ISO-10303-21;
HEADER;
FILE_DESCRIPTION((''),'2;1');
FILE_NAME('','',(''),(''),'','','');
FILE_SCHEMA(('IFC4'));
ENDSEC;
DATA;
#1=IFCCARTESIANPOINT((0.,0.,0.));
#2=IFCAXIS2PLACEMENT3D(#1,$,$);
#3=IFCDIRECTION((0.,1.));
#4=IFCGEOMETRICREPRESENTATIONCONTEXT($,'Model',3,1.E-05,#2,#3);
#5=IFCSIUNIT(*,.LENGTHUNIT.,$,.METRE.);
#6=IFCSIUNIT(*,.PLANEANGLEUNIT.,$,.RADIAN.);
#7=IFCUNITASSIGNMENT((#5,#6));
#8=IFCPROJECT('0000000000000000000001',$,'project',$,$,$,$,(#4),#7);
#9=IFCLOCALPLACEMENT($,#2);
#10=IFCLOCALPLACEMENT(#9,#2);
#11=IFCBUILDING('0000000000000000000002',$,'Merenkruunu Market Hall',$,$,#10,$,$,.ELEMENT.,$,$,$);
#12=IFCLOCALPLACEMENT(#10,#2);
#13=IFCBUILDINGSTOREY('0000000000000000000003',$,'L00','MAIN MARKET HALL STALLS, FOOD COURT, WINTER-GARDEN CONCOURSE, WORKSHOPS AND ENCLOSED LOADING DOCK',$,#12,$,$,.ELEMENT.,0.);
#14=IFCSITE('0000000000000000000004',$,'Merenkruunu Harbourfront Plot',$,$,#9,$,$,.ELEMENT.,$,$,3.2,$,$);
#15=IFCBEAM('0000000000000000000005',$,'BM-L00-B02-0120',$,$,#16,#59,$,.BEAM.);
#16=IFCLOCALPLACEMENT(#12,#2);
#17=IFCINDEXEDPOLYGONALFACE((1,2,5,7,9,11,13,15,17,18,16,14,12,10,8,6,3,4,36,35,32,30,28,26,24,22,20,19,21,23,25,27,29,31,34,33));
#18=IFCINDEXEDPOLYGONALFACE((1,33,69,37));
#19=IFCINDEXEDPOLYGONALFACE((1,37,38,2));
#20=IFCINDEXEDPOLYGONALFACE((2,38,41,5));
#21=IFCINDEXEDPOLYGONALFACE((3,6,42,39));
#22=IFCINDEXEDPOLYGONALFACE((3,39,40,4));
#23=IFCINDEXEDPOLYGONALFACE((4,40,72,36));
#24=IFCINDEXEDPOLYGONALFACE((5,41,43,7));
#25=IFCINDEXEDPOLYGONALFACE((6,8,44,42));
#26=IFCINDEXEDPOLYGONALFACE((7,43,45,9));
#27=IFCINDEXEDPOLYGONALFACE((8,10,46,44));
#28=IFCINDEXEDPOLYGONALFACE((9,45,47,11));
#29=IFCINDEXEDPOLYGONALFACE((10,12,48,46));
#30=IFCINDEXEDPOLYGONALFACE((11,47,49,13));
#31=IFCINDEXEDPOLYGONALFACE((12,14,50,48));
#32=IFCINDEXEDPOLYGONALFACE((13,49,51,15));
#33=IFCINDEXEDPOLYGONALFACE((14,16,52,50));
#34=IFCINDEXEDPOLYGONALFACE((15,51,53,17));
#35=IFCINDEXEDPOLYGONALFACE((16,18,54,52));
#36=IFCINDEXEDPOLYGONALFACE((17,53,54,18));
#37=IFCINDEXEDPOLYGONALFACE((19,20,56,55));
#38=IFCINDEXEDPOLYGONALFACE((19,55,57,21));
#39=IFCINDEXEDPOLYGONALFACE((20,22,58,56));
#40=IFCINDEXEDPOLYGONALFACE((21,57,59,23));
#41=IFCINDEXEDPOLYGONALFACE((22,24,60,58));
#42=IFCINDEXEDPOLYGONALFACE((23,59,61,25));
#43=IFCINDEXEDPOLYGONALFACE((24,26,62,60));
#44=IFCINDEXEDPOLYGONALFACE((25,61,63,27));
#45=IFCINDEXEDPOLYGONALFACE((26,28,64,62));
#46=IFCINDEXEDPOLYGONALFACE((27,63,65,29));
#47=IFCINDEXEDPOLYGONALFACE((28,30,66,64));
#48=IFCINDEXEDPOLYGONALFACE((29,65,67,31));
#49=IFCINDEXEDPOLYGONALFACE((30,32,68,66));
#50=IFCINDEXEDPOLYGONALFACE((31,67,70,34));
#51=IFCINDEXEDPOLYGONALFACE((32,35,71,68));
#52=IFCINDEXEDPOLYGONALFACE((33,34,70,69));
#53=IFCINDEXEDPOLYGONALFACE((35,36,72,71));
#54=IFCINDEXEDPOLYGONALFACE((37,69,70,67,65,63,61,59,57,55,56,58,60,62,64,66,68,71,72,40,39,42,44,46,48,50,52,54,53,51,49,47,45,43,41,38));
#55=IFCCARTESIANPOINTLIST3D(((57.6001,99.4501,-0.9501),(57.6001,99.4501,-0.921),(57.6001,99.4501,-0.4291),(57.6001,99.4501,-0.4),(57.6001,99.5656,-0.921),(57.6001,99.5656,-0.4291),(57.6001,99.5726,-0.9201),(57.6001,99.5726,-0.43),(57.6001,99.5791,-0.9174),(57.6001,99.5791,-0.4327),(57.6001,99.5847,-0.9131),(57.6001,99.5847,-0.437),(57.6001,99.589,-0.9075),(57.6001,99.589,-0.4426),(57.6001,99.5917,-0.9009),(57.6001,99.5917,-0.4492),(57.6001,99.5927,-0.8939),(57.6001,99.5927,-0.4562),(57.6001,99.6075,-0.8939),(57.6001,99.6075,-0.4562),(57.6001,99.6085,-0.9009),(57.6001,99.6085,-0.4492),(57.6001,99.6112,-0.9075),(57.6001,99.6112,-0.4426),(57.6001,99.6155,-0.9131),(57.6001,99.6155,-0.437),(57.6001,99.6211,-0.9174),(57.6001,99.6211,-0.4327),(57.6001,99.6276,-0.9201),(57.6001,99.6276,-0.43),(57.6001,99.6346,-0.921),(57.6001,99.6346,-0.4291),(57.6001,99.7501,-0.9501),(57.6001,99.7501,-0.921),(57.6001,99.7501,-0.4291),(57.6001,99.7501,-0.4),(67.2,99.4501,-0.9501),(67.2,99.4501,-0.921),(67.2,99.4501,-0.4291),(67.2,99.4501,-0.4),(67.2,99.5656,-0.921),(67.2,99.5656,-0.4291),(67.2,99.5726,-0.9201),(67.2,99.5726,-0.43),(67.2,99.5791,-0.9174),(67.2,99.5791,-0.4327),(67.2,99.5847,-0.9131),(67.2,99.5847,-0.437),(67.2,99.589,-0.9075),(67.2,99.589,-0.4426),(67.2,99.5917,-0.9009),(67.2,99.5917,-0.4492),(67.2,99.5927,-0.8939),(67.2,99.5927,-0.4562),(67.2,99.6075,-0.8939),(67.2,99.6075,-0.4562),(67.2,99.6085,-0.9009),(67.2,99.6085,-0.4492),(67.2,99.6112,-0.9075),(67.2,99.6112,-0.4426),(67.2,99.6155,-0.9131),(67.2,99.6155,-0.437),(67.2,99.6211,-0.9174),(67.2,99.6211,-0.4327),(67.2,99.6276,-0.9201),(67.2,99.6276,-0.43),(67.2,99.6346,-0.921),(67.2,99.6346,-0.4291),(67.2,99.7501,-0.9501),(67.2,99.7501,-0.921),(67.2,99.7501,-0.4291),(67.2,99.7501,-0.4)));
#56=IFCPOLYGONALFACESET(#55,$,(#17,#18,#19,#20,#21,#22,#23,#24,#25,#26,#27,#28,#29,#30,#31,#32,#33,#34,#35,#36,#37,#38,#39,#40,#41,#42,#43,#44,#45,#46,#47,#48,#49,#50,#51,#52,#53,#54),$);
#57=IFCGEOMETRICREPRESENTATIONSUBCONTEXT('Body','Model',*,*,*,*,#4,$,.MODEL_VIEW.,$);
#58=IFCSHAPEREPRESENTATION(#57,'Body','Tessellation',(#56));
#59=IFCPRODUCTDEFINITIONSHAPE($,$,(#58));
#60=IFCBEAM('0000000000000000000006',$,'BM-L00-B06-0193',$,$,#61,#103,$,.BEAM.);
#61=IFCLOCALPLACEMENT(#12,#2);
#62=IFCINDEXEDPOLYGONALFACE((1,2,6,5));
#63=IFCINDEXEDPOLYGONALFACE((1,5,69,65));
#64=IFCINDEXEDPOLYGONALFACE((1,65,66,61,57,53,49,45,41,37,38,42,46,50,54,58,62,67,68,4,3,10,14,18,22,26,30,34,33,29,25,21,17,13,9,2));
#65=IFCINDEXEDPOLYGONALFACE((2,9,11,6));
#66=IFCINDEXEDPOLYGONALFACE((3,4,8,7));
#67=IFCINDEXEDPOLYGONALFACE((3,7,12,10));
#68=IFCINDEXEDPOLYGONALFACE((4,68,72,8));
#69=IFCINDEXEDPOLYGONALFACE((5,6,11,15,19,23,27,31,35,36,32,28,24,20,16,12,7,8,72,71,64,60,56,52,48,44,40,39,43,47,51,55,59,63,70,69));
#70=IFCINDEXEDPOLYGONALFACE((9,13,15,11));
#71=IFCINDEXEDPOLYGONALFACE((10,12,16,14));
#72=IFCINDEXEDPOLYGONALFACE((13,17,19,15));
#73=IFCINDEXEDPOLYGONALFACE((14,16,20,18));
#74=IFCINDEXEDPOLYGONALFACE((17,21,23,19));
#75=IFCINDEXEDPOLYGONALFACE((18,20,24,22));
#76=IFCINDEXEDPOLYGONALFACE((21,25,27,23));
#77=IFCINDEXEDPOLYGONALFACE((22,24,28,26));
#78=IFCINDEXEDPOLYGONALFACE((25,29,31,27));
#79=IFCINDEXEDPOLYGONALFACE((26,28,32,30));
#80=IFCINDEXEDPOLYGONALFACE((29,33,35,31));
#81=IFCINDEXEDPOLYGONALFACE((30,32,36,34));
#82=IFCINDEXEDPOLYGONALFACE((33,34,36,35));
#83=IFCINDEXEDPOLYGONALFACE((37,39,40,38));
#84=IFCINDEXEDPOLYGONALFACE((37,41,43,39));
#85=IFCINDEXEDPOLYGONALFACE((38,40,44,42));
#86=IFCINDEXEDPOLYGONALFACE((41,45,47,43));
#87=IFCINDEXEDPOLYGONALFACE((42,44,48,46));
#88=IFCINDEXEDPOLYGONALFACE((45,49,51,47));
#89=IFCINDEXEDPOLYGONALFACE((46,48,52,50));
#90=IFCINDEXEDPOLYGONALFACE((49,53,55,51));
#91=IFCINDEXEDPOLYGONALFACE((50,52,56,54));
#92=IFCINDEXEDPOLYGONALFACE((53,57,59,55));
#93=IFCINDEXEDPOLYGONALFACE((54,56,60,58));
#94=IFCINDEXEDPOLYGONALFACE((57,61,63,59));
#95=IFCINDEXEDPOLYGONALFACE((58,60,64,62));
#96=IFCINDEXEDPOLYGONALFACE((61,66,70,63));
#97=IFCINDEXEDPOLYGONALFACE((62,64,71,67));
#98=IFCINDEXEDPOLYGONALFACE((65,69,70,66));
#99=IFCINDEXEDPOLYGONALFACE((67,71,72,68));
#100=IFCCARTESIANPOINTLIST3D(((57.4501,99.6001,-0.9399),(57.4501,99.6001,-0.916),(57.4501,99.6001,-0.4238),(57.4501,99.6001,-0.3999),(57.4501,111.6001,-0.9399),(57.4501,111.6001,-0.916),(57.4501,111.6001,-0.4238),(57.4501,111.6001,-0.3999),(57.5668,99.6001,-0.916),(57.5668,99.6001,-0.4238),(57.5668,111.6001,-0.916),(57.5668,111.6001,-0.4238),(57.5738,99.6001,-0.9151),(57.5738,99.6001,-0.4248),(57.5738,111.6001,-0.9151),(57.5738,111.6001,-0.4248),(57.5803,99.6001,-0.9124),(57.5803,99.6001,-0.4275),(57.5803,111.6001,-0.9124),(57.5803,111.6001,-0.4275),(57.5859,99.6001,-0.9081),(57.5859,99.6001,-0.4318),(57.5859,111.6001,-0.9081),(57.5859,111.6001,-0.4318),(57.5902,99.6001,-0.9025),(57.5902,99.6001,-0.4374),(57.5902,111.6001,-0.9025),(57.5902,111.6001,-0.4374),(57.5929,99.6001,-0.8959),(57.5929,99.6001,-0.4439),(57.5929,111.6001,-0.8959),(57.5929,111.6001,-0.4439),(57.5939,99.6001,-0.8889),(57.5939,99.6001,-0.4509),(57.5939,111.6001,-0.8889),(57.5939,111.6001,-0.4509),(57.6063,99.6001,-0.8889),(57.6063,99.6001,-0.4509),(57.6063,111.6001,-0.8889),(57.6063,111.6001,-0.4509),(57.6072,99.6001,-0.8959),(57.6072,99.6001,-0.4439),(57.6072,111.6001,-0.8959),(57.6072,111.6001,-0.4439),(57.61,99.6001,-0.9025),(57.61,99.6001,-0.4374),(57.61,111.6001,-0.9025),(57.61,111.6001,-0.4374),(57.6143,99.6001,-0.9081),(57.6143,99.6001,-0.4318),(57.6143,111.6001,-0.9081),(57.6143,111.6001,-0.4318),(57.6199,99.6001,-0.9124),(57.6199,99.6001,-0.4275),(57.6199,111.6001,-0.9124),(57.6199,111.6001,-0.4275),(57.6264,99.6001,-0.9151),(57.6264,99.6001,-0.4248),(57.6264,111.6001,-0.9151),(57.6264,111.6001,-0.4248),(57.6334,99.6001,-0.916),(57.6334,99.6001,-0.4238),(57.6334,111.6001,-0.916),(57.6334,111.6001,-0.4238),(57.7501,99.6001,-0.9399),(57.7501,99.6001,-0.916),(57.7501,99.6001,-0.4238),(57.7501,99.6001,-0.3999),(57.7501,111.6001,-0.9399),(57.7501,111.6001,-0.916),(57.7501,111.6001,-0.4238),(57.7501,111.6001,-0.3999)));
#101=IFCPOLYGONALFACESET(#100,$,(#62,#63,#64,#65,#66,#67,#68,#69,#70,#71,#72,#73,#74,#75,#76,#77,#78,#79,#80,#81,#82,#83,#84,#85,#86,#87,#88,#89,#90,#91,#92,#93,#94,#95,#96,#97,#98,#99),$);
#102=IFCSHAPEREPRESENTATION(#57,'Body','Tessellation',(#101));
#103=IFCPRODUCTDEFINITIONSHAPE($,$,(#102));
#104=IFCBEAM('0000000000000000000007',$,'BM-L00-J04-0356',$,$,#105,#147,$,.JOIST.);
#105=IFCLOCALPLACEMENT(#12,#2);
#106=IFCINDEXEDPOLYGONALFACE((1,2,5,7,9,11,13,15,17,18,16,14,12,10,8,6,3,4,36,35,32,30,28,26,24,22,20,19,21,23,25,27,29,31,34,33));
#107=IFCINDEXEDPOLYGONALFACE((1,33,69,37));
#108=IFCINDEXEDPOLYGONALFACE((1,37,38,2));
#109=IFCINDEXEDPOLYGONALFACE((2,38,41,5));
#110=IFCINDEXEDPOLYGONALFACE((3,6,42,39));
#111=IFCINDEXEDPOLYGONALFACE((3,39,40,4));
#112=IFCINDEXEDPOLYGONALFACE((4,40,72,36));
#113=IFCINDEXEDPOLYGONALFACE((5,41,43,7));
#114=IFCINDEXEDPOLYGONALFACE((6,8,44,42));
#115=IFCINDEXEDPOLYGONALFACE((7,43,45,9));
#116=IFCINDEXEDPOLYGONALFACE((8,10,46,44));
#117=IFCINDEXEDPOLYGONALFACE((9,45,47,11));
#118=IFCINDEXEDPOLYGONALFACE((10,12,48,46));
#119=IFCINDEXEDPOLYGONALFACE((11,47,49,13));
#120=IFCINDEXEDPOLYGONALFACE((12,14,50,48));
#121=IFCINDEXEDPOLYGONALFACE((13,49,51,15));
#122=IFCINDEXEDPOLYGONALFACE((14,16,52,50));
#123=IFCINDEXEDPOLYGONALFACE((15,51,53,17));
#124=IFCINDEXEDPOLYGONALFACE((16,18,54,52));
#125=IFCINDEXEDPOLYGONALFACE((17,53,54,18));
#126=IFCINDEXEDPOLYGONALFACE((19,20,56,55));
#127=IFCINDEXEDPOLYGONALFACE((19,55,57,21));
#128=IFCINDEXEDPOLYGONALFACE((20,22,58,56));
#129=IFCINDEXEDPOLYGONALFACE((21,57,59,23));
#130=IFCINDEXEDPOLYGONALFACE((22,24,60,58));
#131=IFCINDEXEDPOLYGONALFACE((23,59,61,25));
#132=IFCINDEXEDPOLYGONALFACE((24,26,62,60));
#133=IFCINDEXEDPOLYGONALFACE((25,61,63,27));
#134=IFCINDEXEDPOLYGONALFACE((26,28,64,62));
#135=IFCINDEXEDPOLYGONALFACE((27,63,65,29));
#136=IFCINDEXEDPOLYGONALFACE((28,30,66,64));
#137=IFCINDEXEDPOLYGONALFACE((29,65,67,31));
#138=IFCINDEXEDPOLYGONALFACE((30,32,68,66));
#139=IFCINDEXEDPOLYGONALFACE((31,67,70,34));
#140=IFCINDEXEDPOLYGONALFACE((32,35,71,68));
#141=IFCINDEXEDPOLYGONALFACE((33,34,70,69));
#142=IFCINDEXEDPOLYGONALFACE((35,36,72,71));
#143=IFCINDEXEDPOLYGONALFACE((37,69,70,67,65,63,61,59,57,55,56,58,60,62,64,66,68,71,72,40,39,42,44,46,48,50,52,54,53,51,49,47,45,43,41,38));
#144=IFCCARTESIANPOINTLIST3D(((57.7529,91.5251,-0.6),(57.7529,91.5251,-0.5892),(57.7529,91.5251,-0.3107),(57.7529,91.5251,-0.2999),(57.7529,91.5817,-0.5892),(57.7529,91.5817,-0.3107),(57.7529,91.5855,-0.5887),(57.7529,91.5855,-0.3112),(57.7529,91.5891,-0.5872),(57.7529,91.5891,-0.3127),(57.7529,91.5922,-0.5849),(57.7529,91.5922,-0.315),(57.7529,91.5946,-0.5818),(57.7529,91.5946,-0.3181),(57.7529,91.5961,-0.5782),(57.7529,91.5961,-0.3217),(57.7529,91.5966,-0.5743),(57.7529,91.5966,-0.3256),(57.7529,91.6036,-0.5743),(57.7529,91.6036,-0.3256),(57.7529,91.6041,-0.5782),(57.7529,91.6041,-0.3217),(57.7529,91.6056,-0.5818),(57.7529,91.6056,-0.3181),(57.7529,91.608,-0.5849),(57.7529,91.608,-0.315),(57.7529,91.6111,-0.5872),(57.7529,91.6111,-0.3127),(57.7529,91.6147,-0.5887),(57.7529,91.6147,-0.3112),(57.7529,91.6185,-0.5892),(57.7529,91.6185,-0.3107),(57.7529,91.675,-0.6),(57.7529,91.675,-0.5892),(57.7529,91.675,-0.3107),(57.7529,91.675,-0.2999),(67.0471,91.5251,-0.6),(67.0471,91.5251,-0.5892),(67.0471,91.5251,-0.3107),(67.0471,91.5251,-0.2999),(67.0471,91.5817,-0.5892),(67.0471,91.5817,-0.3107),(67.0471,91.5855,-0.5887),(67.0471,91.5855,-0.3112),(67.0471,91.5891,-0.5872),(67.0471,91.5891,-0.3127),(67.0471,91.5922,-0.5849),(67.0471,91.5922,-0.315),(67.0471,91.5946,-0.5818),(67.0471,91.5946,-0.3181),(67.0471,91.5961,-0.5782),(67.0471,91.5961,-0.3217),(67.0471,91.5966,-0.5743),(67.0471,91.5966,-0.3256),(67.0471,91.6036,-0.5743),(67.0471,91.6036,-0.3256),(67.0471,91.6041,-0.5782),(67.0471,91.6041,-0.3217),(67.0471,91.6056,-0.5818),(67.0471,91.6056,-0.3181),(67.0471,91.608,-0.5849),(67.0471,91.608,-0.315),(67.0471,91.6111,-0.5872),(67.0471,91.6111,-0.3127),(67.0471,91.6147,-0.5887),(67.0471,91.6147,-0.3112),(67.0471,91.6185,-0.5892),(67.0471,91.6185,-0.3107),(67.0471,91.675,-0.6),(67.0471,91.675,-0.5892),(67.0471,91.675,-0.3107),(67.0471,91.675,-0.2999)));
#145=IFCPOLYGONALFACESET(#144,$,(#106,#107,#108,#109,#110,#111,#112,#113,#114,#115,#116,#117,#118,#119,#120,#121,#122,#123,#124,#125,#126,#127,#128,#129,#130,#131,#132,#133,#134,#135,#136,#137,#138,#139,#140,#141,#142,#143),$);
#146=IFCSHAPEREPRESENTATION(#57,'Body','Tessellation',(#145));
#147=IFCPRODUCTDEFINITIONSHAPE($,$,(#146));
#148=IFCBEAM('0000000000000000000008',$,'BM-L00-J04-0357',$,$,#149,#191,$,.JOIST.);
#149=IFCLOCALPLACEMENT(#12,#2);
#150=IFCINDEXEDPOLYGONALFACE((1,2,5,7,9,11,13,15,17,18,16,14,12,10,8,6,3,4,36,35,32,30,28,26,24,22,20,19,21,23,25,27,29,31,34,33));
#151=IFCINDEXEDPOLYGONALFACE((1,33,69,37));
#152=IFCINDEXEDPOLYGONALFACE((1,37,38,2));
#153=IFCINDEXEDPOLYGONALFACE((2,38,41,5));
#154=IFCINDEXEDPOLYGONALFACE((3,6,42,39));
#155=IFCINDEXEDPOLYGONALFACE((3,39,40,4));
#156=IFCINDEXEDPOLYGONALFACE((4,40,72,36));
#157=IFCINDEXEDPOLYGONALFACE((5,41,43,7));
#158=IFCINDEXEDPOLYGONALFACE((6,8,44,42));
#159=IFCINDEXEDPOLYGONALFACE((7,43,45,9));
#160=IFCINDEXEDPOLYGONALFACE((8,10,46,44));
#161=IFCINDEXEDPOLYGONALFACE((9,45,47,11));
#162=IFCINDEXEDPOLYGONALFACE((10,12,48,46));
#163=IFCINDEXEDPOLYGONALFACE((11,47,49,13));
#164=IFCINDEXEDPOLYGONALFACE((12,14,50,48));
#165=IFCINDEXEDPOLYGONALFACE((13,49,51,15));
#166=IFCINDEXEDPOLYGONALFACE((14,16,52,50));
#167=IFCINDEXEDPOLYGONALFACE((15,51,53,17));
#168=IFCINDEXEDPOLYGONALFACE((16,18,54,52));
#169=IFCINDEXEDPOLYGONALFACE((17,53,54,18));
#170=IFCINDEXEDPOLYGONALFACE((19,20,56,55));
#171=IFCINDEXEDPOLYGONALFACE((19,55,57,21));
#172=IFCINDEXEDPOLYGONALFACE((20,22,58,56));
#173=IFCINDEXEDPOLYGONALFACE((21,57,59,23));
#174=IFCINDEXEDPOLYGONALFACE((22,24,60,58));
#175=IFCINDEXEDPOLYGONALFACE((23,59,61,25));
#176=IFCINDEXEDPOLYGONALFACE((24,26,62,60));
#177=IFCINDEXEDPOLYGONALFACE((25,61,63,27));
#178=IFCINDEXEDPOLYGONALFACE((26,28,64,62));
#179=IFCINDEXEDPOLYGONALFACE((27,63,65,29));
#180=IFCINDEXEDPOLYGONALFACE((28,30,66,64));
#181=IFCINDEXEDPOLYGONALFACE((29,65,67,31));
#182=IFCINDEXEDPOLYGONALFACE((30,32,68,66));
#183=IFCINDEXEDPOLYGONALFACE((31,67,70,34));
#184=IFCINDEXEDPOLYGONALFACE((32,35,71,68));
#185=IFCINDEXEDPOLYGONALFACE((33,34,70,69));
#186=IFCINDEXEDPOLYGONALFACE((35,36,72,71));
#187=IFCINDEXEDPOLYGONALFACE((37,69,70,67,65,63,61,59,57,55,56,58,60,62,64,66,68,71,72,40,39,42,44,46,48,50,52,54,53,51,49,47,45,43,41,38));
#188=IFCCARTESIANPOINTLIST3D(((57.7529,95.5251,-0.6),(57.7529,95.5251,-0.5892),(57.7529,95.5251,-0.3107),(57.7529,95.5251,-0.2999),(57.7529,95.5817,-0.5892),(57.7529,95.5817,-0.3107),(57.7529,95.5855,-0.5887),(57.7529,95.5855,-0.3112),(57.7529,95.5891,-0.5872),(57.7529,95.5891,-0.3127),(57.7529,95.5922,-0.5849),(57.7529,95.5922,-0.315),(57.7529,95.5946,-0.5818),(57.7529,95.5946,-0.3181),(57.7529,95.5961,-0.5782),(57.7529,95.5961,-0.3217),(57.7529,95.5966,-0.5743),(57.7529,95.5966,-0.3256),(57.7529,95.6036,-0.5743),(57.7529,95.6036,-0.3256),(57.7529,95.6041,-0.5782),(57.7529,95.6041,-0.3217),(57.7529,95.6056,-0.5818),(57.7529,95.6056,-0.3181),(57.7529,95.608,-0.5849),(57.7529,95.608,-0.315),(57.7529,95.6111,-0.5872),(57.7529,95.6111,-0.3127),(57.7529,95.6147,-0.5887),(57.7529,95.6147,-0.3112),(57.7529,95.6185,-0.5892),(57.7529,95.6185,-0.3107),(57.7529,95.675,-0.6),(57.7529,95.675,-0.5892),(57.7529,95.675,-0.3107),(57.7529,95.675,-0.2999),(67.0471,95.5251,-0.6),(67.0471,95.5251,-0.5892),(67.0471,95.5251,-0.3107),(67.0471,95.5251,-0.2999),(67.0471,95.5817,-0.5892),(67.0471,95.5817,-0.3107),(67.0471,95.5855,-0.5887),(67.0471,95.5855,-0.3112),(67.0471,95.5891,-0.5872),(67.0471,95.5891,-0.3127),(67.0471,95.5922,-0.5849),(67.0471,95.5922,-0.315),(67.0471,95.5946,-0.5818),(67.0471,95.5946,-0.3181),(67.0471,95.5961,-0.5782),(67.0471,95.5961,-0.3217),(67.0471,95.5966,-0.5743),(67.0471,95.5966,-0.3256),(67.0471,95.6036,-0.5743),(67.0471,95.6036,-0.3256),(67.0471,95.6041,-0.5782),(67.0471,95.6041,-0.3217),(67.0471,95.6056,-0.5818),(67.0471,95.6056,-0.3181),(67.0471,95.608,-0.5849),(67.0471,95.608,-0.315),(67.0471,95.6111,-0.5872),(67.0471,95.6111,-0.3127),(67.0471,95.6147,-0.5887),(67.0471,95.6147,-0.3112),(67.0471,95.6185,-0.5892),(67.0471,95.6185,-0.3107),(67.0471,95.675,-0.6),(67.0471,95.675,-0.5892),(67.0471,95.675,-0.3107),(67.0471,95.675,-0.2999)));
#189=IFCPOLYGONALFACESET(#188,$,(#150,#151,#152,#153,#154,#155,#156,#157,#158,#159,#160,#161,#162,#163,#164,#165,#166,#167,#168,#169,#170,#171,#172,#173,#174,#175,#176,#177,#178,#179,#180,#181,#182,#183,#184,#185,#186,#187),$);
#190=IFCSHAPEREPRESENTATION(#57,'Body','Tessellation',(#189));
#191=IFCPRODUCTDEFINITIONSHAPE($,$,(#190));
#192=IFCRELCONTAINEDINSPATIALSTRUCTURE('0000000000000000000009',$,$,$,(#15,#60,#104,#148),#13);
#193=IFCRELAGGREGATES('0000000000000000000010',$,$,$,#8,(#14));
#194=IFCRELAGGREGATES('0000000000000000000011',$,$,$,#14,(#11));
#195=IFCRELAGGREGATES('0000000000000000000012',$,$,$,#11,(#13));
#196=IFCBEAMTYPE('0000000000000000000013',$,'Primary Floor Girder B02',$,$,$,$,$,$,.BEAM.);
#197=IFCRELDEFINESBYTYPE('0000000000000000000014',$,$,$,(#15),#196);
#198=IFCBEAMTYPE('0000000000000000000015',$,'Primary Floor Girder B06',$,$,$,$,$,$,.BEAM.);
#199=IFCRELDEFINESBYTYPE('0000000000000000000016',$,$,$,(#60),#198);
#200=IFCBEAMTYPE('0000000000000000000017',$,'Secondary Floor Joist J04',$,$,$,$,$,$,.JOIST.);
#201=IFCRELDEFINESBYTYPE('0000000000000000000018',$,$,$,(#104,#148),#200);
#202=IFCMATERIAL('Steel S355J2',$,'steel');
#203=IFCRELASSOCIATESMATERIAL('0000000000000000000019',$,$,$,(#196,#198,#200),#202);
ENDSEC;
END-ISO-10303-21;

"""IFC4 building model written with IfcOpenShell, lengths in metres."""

from ifc_helpers import new_model, si_unit, direction, frame, origin, origin_2d, place, context, subcontext, project, spatial, i_section, extrude, material, material_profile, profile_set, type_object, element, save


model = new_model("IFC4")

# Units and contexts
model_context = context("Model", 3, precision=1e-05, world=origin(), true_north=direction((0.0, 1.0)))
body_context = subcontext(model_context, "Body", "Model", "MODEL_VIEW")
ifc_project = project(units=[si_unit("LENGTHUNIT", "METRE"), si_unit("PLANEANGLEUNIT", "RADIAN")], contexts=[model_context])

# Site, building, storey
site_placement = place(None, origin())
site = spatial("IfcSite", under=ifc_project, at=site_placement, Name="Merenkruunu Harbourfront Plot", CompositionType="ELEMENT", RefElevation=3.2)
building_placement = place(site_placement, origin())
building = spatial("IfcBuilding", under=site, at=building_placement, Name="Merenkruunu Market Hall", CompositionType="ELEMENT")
storey_placement = place(building_placement, origin())
storey = spatial("IfcBuildingStorey", under=building, at=storey_placement, Name="L00", Description="MAIN MARKET HALL STALLS, FOOD COURT, WINTER-GARDEN CONCOURSE, WORKSHOPS AND ENCLOSED LOADING DOCK", CompositionType="ELEMENT", Elevation=0.0)

# Beams
ifc_material_1 = material(Name="Steel S355J2", Category="steel")
ifc_material_profile_1 = material_profile(ifc_material_1, i_section(OverallWidth=0.3, OverallDepth=0.55, WebThickness=0.0149, FlangeThickness=0.0291, FilletRadius=0.0271, at=origin_2d()), Name="HEB 550")
ifc_profile_set_1 = profile_set([ifc_material_profile_1], Name="Steel S355J2")
beam_type_1 = type_object("IfcBeamType", Name="Primary Floor Girder B02", PredefinedType="BEAM", material=ifc_profile_set_1)
beam_1_placement = place(storey_placement, frame((57.6001, 99.6001, -0.675), z_axis=(1.0, 0.0, 0.0), x_axis=(0.0, 1.0, 0.0)))
element("IfcBeam", 1, at=beam_1_placement, inside=storey, type_object=beam_type_1, Name="BM-L00-B02-0120", PredefinedType="BEAM", context=body_context, shape_type="SweptSolid", body=[
    extrude(i_section(OverallWidth=0.3, OverallDepth=0.55, WebThickness=0.0149, FlangeThickness=0.0291, FilletRadius=0.0271, at=origin_2d()), origin(), (0.0, 0.0, 1.0), 9.5999),
])
ifc_material_profile_2 = material_profile(ifc_material_1, i_section(OverallWidth=0.3, OverallDepth=0.54, WebThickness=0.0125, FlangeThickness=0.0239, FilletRadius=0.0271, at=origin_2d()), Name="HEA 550")
ifc_profile_set_2 = profile_set([ifc_material_profile_2], Name="Steel S355J2")
beam_type_2 = type_object("IfcBeamType", Name="Primary Floor Girder B06", PredefinedType="BEAM", material=ifc_profile_set_2)
beam_2_placement = place(storey_placement, frame((57.6001, 99.6001, -0.6699), z_axis=(0.0, 1.0, 0.0), x_axis=(-1.0, 0.0, 0.0)))
element("IfcBeam", 2, at=beam_2_placement, inside=storey, type_object=beam_type_2, Name="BM-L00-B06-0193", PredefinedType="BEAM", context=body_context, shape_type="SweptSolid", body=[
    extrude(i_section(OverallWidth=0.3, OverallDepth=0.54, WebThickness=0.0125, FlangeThickness=0.0239, FilletRadius=0.0271, at=origin_2d()), origin(), (0.0, 0.0, 1.0), 12.0),
])
ifc_material_profile_3 = material_profile(ifc_material_1, i_section(OverallWidth=0.1499, OverallDepth=0.3, WebThickness=0.0071, FlangeThickness=0.0107, FilletRadius=0.0149, at=origin_2d()), Name="IPE 300")
ifc_profile_set_3 = profile_set([ifc_material_profile_3], Name="Steel S355J2")
beam_type_3 = type_object("IfcBeamType", Name="Secondary Floor Joist J04", PredefinedType="JOIST", material=ifc_profile_set_3)
for number, where, z_axis, x_axis, name in (
    (3, (57.7529, 91.6001, -0.45), (1.0, 0.0, 0.0), (0.0, 1.0, 0.0), "BM-L00-J04-0356"),
    (4, (57.7529, 95.6001, -0.45), (1.0, 0.0, 0.0), (0.0, 1.0, 0.0), "BM-L00-J04-0357"),
):
    element("IfcBeam", number, at=place(storey_placement, frame(where, z_axis=z_axis, x_axis=x_axis)), inside=storey, type_object=beam_type_3, Name=name, PredefinedType="JOIST", context=body_context, shape_type="SweptSolid", body=[
        extrude(i_section(OverallWidth=0.1499, OverallDepth=0.3, WebThickness=0.0071, FlangeThickness=0.0107, FilletRadius=0.0149, at=origin_2d()), origin(), (0.0, 0.0, 1.0), 9.2942),
    ])

save(model, "model.ifc")
